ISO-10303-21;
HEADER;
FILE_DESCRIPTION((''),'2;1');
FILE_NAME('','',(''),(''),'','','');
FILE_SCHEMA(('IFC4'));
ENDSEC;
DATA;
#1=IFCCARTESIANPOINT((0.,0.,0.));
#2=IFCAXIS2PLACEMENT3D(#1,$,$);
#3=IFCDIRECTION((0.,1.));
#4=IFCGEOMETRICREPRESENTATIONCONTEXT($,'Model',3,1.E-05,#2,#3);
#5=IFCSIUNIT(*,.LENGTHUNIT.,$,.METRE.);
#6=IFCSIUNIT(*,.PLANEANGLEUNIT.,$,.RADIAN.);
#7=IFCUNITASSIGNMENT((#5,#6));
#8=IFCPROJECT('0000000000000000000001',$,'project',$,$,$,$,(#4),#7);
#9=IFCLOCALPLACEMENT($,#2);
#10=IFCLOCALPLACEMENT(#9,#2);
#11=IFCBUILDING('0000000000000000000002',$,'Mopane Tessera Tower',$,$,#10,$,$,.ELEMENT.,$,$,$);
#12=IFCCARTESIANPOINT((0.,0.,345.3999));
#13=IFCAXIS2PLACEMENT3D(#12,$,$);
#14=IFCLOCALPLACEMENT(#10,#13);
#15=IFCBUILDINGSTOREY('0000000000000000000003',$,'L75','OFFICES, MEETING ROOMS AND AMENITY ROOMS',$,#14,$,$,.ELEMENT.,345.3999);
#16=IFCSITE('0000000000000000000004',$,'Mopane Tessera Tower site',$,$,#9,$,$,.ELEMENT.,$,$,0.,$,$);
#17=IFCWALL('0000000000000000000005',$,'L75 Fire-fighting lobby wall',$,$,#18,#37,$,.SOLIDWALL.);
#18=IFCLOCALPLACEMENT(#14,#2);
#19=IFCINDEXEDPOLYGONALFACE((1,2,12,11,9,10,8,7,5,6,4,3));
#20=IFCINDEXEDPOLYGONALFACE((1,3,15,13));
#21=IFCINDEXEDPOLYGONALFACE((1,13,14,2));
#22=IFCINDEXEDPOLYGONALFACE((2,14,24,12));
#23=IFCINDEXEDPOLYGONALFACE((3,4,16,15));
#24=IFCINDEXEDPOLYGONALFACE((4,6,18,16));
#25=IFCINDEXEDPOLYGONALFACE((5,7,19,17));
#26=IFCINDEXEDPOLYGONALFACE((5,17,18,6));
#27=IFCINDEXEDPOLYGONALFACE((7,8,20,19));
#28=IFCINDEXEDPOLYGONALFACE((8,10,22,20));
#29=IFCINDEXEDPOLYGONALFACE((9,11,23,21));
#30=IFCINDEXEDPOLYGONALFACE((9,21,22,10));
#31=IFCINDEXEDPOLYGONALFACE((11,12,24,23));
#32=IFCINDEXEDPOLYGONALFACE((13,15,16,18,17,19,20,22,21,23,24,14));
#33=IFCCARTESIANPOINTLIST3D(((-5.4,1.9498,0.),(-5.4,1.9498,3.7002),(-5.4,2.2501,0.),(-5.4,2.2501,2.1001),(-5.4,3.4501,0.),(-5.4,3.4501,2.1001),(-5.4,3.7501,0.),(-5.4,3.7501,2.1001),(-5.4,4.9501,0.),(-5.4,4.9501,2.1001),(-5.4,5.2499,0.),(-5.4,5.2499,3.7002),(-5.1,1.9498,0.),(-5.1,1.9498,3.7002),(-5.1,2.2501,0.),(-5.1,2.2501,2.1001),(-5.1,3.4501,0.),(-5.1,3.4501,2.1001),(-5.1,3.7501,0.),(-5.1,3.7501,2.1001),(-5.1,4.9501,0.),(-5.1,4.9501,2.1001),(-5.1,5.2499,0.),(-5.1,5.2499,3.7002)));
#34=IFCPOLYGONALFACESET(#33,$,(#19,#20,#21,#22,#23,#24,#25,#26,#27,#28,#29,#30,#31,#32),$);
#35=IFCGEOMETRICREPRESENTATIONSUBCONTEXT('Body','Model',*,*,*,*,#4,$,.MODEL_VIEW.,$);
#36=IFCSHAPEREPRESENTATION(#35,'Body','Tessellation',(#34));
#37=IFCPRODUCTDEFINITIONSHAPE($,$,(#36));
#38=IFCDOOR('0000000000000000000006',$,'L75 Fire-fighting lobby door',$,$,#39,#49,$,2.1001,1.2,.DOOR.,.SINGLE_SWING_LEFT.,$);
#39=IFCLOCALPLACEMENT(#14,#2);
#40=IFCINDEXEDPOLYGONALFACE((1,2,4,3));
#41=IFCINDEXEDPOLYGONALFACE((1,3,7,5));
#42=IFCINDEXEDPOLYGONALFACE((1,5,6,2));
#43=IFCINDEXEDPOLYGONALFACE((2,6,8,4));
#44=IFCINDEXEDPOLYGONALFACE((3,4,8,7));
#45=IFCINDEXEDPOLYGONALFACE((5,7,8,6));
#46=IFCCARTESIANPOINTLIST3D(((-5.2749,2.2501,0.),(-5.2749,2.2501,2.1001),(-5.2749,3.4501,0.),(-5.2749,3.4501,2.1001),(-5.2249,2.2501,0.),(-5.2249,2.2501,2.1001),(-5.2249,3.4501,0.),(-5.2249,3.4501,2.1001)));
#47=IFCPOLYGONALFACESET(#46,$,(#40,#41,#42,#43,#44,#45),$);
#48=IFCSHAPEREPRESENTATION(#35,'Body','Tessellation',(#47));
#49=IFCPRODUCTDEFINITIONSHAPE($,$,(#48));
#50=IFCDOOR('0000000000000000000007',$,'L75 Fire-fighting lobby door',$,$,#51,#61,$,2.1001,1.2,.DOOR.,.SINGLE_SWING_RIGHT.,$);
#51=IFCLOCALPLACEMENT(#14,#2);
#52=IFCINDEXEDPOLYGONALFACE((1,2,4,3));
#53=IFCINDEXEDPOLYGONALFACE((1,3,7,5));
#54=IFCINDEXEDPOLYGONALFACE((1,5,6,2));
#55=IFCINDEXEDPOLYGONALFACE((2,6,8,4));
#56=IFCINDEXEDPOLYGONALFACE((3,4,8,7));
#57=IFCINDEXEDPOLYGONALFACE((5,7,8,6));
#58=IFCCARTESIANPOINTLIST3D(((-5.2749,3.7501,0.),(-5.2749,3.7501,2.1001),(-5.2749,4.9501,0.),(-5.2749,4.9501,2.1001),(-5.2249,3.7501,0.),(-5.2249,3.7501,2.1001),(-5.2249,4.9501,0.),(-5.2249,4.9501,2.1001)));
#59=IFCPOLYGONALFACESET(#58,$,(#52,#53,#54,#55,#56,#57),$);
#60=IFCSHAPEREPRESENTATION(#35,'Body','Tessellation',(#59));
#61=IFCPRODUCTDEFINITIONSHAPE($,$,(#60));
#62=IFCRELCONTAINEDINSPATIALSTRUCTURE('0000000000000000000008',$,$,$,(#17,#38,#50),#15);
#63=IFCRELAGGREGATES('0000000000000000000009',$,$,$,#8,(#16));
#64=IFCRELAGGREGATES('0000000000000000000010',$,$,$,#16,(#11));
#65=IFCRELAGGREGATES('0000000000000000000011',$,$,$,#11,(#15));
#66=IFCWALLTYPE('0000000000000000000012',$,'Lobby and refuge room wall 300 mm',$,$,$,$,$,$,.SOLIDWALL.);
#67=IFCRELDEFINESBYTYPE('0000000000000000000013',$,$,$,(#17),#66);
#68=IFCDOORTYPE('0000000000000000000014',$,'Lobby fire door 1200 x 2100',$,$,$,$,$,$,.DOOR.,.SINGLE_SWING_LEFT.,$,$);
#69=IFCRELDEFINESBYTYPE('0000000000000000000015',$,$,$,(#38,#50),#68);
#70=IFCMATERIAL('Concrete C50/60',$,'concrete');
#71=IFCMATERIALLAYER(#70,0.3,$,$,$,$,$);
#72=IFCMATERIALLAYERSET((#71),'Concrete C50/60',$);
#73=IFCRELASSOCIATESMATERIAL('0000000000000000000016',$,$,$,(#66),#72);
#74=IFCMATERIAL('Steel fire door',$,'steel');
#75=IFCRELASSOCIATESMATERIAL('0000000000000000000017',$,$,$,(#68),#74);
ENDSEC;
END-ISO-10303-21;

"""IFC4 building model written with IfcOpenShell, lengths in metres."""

from ifc_helpers import new_model, si_unit, direction, frame, frame_2d, origin, place, context, subcontext, project, spatial, rectangle, extrude, material, layer, layer_set, type_object, element, fill, save


model = new_model("IFC4")

# Units and contexts
model_context = context("Model", 3, precision=1e-05, world=origin(), true_north=direction((0.0, 1.0)))
body_context = subcontext(model_context, "Body", "Model", "MODEL_VIEW")
ifc_project = project(units=[si_unit("LENGTHUNIT", "METRE"), si_unit("PLANEANGLEUNIT", "RADIAN")], contexts=[model_context])

# Site, building, storey
site_placement = place(None, origin())
site = spatial("IfcSite", under=ifc_project, at=site_placement, Name="Mopane Tessera Tower site", CompositionType="ELEMENT", RefElevation=0.0)
building_placement = place(site_placement, origin())
building = spatial("IfcBuilding", under=site, at=building_placement, Name="Mopane Tessera Tower", CompositionType="ELEMENT")
storey_placement = place(building_placement, frame((0.0, 0.0, 345.3999)))
storey = spatial("IfcBuildingStorey", under=building, at=storey_placement, Name="L75", Description="OFFICES, MEETING ROOMS AND AMENITY ROOMS", CompositionType="ELEMENT", Elevation=345.3999)

# Wall, openings, doors
ifc_material_1 = material(Name="Concrete C50/60", Category="concrete")
ifc_layer_1 = layer(ifc_material_1, 0.3)
ifc_layer_set_1 = layer_set([ifc_layer_1], Name="Concrete C50/60")
wall_type_1 = type_object("IfcWallType", Name="Lobby and refuge room wall 300 mm", PredefinedType="SOLIDWALL", material=ifc_layer_set_1)
wall_placement = place(storey_placement, frame((-5.25, 1.95, 0.0), z_axis=(0.0, 0.0, 1.0), x_axis=(0.0, 1.0, 0.0)))
wall = element("IfcWall", 1, at=wall_placement, inside=storey, type_object=wall_type_1, Name="L75 Fire-fighting lobby wall", PredefinedType="SOLIDWALL", context=body_context, shape_type="SweptSolid", body=[
    extrude(rectangle(XDim=3.3, YDim=0.3, at=frame_2d((1.6499, 0.0))), origin(), (0.0, 0.0, 1.0), 3.7002),
])
opening_1_placement = place(wall_placement, frame((0.3, 0.0, 0.0)))
opening_1 = element("IfcOpeningElement", 2, at=opening_1_placement, cuts=wall, PredefinedType="OPENING", context=body_context, shape_type="SweptSolid", body=[
    extrude(rectangle(XDim=1.2, YDim=2.1001, at=frame_2d((0.6001, 1.05))), frame((0.0, 0.1621, 0.0), z_axis=(0.0, -1.0, 0.0), x_axis=(1.0, 0.0, 0.0)), (0.0, 0.0, 1.0), 0.324),
])
opening_2_placement = place(wall_placement, frame((1.8, 0.0, 0.0)))
opening_2 = element("IfcOpeningElement", 3, at=opening_2_placement, cuts=wall, PredefinedType="OPENING", context=body_context, shape_type="SweptSolid", body=[
    extrude(rectangle(XDim=1.2, YDim=2.1001, at=frame_2d((0.6001, 1.05))), frame((0.0, 0.1621, 0.0), z_axis=(0.0, -1.0, 0.0), x_axis=(1.0, 0.0, 0.0)), (0.0, 0.0, 1.0), 0.324),
])
ifc_material_2 = material(Name="Steel fire door", Category="steel")
door_type = type_object("IfcDoorType", Name="Lobby fire door 1200 x 2100", OperationType="SINGLE_SWING_LEFT", PredefinedType="DOOR", material=ifc_material_2)
door_1_placement = place(opening_1_placement, origin())
door_1 = element("IfcDoor", 4, at=door_1_placement, inside=storey, type_object=door_type, Name="L75 Fire-fighting lobby door", OperationType="SINGLE_SWING_LEFT", OverallHeight=2.1001, OverallWidth=1.2, PredefinedType="DOOR", context=body_context, shape_type="SweptSolid", body=[
    extrude(rectangle(XDim=1.2, YDim=2.1001, at=frame_2d((0.6001, 1.05))), frame((0.0, 0.0249, 0.0), z_axis=(0.0, -1.0, 0.0), x_axis=(1.0, 0.0, 0.0)), (0.0, 0.0, 1.0), 0.05),
])
fill(opening_1, door_1)
door_2_placement = place(opening_2_placement, origin())
door_2 = element("IfcDoor", 5, at=door_2_placement, inside=storey, type_object=door_type, Name="L75 Fire-fighting lobby door", OperationType="SINGLE_SWING_RIGHT", OverallHeight=2.1001, OverallWidth=1.2, PredefinedType="DOOR", context=body_context, shape_type="SweptSolid", body=[
    extrude(rectangle(XDim=1.2, YDim=2.1001, at=frame_2d((0.6001, 1.05))), frame((0.0, 0.0249, 0.0), z_axis=(0.0, -1.0, 0.0), x_axis=(1.0, 0.0, 0.0)), (0.0, 0.0, 1.0), 0.05),
])
fill(opening_2, door_2)

save(model, "model.ifc")
